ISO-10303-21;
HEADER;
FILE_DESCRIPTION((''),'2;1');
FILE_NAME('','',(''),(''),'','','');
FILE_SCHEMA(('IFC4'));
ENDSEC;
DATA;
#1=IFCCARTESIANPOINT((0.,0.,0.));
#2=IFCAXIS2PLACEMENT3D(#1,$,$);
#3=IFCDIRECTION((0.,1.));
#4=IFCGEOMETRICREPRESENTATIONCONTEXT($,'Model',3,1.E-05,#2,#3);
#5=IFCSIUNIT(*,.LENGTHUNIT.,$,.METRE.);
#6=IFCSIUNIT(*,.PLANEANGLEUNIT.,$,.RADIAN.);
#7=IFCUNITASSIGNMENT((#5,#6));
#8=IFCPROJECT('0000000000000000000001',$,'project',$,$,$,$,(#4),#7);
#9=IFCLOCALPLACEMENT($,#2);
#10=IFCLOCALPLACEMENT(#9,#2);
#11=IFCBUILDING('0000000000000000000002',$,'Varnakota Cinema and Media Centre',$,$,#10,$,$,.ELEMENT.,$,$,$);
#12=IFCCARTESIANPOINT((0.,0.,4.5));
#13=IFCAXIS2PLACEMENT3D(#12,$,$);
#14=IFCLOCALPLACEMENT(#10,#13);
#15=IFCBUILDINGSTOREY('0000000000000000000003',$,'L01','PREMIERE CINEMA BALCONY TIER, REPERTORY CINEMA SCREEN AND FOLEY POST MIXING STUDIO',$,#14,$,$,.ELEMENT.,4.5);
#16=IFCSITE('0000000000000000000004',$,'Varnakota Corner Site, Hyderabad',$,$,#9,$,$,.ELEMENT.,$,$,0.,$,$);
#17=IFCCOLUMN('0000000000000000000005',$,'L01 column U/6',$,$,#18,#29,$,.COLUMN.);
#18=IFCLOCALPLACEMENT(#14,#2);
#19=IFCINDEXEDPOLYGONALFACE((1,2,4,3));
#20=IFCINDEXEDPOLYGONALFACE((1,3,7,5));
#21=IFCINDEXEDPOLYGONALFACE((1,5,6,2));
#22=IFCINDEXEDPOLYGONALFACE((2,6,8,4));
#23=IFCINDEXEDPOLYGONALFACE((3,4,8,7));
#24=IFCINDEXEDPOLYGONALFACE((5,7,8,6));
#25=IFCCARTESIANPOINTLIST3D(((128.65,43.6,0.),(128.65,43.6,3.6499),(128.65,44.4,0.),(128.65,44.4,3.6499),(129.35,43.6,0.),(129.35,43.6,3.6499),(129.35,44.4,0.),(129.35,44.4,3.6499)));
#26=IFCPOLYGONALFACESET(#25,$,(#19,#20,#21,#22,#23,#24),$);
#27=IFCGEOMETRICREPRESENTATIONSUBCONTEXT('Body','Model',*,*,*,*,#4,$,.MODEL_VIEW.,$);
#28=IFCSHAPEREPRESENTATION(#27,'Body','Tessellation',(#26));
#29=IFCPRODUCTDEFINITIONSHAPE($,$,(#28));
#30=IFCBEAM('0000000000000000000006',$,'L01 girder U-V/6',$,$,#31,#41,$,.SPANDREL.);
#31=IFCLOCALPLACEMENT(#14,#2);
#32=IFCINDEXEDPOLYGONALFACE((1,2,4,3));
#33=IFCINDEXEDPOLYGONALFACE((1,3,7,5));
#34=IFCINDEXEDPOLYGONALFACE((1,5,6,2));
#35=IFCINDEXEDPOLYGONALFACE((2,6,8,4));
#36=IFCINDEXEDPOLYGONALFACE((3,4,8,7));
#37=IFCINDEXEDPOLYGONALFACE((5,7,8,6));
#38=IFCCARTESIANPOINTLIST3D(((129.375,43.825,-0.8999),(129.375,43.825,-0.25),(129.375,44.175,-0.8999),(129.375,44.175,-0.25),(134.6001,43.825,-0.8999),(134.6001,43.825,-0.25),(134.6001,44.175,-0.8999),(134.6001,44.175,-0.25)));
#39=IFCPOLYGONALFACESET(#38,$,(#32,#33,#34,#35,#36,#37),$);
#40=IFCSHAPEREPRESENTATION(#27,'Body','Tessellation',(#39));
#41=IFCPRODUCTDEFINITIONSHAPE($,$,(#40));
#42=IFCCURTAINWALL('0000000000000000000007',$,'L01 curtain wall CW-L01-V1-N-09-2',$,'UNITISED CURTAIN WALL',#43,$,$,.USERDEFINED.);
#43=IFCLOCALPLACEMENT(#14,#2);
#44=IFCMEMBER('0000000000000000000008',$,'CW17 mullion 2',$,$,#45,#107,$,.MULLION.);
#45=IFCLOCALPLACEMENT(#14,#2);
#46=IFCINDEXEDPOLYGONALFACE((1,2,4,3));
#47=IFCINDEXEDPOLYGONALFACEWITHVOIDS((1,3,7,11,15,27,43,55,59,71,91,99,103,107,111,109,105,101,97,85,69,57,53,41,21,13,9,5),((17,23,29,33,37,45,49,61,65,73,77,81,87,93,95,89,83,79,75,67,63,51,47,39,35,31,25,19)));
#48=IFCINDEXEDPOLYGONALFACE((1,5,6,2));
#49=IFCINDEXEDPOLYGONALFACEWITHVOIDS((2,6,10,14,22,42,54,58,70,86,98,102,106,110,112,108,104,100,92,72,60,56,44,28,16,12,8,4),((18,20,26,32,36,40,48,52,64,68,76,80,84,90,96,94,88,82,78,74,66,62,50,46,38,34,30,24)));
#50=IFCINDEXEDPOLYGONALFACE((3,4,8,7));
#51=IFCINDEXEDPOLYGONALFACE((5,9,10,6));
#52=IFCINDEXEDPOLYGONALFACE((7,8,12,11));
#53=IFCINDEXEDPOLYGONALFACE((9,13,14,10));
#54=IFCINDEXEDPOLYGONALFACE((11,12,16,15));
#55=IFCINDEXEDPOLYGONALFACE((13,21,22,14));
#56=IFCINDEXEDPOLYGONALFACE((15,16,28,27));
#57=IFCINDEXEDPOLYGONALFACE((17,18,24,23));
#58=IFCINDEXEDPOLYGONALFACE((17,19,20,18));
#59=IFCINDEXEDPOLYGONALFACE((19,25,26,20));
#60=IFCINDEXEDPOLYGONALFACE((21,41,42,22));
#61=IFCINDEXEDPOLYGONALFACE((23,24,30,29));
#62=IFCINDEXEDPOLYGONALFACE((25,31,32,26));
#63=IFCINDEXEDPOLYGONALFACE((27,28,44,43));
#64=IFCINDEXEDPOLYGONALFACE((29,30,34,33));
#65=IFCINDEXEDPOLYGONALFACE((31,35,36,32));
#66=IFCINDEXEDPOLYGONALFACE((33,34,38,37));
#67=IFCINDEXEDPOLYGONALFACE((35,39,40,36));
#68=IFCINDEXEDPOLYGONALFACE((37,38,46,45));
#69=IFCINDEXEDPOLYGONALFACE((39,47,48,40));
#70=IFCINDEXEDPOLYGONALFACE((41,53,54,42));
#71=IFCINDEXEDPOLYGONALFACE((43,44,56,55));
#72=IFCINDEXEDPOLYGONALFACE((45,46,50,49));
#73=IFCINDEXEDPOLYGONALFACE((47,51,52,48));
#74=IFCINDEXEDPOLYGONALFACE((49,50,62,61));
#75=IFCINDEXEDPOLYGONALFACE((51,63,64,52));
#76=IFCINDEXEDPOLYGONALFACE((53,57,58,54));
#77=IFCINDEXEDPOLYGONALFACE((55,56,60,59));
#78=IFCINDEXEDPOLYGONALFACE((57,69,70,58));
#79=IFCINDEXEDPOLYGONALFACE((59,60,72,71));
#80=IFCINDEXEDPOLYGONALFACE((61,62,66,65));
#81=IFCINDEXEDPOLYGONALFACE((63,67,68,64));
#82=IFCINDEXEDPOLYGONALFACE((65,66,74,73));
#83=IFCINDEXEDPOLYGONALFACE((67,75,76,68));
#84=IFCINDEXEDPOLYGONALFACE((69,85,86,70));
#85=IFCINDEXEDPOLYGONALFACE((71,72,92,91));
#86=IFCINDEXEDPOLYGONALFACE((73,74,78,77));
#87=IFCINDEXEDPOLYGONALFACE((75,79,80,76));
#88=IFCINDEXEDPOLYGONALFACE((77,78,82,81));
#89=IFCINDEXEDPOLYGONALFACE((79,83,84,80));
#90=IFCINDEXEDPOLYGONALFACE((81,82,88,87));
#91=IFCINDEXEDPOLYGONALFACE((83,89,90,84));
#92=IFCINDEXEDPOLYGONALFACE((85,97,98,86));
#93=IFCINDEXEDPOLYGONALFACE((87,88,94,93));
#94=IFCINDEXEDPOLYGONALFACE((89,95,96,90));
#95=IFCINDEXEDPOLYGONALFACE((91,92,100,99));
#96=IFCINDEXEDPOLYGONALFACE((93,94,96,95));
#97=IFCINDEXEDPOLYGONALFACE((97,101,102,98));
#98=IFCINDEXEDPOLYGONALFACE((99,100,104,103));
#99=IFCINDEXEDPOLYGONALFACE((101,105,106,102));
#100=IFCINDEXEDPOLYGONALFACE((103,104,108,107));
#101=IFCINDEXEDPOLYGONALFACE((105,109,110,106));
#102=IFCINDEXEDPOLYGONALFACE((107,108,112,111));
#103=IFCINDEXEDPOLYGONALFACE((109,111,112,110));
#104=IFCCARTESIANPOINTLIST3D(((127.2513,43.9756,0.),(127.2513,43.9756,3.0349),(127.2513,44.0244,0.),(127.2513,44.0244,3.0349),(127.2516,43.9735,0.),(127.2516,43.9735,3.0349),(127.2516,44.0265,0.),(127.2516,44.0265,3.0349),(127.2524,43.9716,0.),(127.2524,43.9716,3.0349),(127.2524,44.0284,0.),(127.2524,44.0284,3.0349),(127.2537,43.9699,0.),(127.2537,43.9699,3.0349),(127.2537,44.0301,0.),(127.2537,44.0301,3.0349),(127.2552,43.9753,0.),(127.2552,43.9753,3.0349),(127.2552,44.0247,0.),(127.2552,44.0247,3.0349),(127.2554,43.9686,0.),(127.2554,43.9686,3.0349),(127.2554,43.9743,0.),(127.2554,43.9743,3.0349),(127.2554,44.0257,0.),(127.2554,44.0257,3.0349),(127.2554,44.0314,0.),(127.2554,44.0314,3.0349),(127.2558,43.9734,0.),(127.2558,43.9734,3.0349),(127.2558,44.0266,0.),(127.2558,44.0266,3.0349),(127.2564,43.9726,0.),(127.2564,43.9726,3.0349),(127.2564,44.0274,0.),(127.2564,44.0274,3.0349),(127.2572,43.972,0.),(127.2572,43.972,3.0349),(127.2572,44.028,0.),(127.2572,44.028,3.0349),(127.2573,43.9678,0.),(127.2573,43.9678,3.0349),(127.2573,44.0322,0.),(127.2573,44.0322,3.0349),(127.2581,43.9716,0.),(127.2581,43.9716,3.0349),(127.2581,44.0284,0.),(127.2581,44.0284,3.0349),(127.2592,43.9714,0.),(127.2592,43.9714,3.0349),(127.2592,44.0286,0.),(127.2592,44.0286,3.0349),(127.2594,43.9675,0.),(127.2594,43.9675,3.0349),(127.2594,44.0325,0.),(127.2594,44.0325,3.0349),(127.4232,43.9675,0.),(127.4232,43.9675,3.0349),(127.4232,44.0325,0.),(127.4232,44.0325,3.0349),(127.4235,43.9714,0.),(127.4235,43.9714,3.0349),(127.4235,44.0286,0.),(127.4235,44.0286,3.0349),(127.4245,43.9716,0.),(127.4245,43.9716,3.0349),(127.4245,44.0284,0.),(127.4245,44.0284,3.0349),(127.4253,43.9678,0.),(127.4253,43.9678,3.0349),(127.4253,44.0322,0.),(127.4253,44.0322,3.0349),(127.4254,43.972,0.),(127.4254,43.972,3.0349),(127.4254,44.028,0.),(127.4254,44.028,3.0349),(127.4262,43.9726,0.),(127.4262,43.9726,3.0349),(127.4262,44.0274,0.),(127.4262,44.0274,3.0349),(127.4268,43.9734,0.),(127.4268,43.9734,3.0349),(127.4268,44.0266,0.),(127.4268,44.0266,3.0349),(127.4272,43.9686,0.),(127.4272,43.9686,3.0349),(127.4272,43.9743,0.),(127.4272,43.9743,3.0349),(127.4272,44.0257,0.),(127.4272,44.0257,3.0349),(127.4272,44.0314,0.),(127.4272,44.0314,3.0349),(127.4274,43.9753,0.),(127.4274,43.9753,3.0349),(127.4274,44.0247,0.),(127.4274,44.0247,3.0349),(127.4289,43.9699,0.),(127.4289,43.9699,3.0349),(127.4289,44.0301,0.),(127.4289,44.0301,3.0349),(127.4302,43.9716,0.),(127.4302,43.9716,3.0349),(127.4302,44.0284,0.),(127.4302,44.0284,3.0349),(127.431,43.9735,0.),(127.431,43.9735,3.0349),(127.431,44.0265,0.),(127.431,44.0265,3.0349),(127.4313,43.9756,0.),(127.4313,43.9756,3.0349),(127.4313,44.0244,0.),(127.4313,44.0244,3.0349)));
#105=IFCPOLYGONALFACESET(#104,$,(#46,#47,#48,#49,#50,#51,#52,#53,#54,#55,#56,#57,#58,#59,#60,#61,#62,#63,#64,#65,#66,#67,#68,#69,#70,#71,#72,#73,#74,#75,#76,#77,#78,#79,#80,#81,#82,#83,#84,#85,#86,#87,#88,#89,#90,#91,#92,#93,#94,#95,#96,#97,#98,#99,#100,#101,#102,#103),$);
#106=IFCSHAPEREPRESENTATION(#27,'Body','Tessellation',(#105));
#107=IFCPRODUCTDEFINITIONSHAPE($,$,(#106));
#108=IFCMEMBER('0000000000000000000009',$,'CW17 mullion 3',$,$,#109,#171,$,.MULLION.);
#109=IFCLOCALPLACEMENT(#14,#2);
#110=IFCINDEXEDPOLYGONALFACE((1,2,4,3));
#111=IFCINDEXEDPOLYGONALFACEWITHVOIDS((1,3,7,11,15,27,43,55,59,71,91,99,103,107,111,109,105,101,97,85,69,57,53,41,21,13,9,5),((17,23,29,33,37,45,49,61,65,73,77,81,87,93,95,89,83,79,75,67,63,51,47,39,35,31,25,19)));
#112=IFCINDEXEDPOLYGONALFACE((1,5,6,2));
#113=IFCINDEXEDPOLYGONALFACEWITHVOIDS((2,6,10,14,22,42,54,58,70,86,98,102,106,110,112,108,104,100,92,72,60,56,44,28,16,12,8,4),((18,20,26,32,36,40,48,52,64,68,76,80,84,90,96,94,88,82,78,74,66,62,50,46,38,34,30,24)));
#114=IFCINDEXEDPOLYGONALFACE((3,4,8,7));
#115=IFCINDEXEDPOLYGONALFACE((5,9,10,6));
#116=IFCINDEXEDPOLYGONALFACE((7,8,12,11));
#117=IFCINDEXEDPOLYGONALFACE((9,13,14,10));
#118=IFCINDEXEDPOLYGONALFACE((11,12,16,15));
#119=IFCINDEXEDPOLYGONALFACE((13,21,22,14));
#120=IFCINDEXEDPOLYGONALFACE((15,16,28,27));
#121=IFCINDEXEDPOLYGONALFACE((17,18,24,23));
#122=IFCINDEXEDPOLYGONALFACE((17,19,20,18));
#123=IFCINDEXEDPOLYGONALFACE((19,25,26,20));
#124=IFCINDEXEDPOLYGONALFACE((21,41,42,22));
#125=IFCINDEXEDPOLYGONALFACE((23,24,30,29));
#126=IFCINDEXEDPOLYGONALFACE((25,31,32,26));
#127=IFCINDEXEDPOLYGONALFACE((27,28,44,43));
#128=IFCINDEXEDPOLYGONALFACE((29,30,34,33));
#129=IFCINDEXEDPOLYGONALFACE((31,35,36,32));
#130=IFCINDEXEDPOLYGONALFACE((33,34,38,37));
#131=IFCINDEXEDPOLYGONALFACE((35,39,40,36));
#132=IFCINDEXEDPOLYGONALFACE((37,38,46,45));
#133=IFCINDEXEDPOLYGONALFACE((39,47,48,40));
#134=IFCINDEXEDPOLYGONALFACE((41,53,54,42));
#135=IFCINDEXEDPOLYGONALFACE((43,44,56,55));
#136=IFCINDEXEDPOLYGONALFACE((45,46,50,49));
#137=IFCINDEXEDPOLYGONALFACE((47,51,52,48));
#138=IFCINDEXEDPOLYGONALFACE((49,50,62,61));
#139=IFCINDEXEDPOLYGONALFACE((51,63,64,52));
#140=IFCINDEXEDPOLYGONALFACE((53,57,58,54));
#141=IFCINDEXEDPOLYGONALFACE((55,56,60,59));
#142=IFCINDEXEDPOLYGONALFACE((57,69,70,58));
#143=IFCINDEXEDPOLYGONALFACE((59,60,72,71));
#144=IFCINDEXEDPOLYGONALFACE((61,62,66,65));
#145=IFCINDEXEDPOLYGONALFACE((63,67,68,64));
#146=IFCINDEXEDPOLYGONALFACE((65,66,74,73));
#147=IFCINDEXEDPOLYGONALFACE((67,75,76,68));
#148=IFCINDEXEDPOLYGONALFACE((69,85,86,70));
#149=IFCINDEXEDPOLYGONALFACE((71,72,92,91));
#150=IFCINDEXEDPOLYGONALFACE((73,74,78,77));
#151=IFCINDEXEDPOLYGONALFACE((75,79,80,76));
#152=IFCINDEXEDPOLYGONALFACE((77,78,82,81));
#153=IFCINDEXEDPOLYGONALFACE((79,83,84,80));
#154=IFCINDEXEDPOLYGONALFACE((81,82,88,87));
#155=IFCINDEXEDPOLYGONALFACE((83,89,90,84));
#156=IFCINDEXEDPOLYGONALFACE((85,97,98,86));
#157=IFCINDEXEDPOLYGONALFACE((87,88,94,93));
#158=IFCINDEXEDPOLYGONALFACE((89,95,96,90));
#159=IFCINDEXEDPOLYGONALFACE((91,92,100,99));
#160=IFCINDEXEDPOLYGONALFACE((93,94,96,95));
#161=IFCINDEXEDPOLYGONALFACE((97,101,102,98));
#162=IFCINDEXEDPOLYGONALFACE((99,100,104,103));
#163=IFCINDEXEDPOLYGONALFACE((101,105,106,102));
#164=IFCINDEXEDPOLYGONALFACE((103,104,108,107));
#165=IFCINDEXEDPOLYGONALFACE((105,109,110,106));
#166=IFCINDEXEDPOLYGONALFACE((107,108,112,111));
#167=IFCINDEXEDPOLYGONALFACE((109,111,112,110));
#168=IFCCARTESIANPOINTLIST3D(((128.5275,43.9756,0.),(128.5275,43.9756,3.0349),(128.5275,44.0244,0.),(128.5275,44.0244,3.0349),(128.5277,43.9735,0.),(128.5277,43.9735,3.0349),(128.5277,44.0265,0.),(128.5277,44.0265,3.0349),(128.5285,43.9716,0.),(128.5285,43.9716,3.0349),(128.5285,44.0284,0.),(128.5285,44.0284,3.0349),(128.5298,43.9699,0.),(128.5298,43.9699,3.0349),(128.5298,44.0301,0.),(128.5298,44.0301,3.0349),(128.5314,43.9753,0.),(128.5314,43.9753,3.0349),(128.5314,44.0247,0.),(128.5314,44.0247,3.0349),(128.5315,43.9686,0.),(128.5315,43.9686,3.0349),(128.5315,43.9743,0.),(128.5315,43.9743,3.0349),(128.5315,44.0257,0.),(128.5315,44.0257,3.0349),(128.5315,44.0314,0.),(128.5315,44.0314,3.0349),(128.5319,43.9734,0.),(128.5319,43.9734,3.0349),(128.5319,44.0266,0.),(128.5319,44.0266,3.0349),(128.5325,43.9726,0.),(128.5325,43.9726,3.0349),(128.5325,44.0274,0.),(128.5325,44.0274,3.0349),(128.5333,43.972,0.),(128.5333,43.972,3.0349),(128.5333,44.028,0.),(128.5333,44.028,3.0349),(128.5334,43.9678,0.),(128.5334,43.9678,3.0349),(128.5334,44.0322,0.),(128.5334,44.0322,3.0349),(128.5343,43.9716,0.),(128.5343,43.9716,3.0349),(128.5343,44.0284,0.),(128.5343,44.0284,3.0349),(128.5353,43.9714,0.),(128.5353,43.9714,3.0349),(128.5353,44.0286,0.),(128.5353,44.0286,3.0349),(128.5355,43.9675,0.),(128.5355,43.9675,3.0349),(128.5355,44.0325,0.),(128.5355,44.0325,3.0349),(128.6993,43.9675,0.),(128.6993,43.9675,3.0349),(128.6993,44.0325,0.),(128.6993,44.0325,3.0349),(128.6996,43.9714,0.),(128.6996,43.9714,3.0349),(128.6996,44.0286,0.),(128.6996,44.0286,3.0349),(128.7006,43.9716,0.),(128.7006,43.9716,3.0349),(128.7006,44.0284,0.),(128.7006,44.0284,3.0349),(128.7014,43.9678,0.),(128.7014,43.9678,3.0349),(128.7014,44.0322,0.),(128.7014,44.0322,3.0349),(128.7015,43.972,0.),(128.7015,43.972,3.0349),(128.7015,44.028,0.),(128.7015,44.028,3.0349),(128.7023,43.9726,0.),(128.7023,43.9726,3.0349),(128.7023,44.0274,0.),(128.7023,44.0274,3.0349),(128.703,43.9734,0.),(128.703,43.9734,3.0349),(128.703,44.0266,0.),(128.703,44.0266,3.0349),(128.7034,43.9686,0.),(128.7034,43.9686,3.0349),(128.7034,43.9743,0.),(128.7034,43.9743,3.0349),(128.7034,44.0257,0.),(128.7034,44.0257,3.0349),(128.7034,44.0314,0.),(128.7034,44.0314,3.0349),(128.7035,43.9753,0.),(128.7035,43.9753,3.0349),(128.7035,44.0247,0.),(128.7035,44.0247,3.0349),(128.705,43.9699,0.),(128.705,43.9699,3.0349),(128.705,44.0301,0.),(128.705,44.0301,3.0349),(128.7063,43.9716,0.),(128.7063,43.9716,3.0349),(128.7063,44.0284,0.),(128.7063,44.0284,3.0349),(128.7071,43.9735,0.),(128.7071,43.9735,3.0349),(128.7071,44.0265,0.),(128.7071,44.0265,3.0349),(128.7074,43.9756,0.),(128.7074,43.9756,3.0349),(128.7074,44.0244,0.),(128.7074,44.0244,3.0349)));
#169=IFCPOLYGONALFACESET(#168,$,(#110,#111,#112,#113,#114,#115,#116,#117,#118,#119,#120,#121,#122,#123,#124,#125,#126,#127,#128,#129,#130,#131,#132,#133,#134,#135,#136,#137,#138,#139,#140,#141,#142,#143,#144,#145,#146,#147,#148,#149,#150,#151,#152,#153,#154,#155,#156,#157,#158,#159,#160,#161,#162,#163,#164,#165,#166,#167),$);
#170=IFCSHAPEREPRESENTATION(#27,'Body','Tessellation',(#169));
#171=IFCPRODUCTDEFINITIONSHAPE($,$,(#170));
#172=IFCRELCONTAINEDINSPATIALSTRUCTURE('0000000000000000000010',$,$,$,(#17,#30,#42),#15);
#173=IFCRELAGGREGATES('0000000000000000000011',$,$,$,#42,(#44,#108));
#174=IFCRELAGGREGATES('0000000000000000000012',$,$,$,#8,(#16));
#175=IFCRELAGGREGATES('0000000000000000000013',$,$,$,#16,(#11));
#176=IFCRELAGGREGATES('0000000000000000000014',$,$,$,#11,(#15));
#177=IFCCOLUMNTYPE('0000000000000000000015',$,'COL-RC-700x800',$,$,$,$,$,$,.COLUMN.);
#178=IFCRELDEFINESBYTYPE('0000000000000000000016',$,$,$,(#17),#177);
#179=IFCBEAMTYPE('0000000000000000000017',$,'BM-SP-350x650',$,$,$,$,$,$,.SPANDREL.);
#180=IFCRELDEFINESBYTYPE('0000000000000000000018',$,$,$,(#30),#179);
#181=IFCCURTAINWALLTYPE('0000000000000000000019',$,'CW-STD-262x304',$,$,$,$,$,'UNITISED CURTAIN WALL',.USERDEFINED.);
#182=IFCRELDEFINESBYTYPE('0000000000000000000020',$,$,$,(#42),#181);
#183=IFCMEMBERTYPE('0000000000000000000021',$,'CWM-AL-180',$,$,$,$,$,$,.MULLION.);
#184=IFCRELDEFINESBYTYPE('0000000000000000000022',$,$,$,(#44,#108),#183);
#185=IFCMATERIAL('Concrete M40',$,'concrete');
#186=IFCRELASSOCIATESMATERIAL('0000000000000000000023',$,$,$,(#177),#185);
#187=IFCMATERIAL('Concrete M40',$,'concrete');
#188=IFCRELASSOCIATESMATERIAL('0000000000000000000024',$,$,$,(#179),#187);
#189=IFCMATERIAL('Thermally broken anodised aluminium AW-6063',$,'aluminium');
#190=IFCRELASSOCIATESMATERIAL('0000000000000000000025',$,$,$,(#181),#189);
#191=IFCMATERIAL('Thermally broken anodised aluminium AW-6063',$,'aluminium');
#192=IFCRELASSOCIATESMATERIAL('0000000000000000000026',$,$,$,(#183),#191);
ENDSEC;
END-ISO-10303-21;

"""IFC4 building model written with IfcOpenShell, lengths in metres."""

from ifc_helpers import new_model, si_unit, direction, frame, origin, origin_2d, place, context, subcontext, project, spatial, rectangle, hollow_rectangle, extrude, material, material_profile, profile_set, type_object, element, aggregate, save


model = new_model("IFC4")

# Units and contexts
model_context = context("Model", 3, precision=1e-05, world=origin(), true_north=direction((0.0, 1.0)))
body_context = subcontext(model_context, "Body", "Model", "MODEL_VIEW")
ifc_project = project(units=[si_unit("LENGTHUNIT", "METRE"), si_unit("PLANEANGLEUNIT", "RADIAN")], contexts=[model_context])

# Site, building, storey
site_placement = place(None, origin())
site = spatial("IfcSite", under=ifc_project, at=site_placement, Name="Varnakota Corner Site, Hyderabad", CompositionType="ELEMENT", RefElevation=0.0)
building_placement = place(site_placement, origin())
building = spatial("IfcBuilding", under=site, at=building_placement, Name="Varnakota Cinema and Media Centre", CompositionType="ELEMENT")
storey_placement = place(building_placement, frame((0.0, 0.0, 4.5)))
storey = spatial("IfcBuildingStorey", under=building, at=storey_placement, Name="L01", Description="PREMIERE CINEMA BALCONY TIER, REPERTORY CINEMA SCREEN AND FOLEY POST MIXING STUDIO", CompositionType="ELEMENT", Elevation=4.5)

# Column
ifc_material_1 = material(Name="Concrete M40", Category="concrete")
ifc_material_profile_1 = material_profile(ifc_material_1, rectangle(XDim=0.7, YDim=0.8, at=origin_2d()), Name="RC 700x800")
ifc_profile_set_1 = profile_set([ifc_material_profile_1], Name="Concrete M40")
column_type = type_object("IfcColumnType", Name="COL-RC-700x800", PredefinedType="COLUMN", material=ifc_profile_set_1)
column_placement = place(storey_placement, frame((129.0, 44.0, 0.0), z_axis=(0.0, 0.0, 1.0), x_axis=(1.0, 0.0, 0.0)))
element("IfcColumn", 1, at=column_placement, inside=storey, type_object=column_type, Name="L01 column U/6", PredefinedType="COLUMN", context=body_context, shape_type="SweptSolid", body=[
    extrude(rectangle(XDim=0.7, YDim=0.8, at=origin_2d()), origin(), (0.0, 0.0, 1.0), 3.6499),
])

# Beam
ifc_material_2 = material(Name="Concrete M40", Category="concrete")
ifc_material_profile_2 = material_profile(ifc_material_2, rectangle(XDim=0.3501, YDim=0.6499, at=origin_2d()), Name="RCB 350x650")
ifc_profile_set_2 = profile_set([ifc_material_profile_2], Name="Concrete M40")
beam_type = type_object("IfcBeamType", Name="BM-SP-350x650", PredefinedType="SPANDREL", material=ifc_profile_set_2)
beam_placement = place(storey_placement, frame((129.375, 44.0, -0.575), z_axis=(1.0, 0.0, 0.0), x_axis=(0.0, 1.0, 0.0)))
element("IfcBeam", 2, at=beam_placement, inside=storey, type_object=beam_type, Name="L01 girder U-V/6", PredefinedType="SPANDREL", context=body_context, shape_type="SweptSolid", body=[
    extrude(rectangle(XDim=0.3501, YDim=0.6499, at=origin_2d()), origin(), (0.0, 0.0, 1.0), 5.2251),
])

# Curtain wall, members
ifc_material_3 = material(Name="Thermally broken anodised aluminium AW-6063", Category="aluminium")
curtain_wall_type = type_object("IfcCurtainWallType", Name="CW-STD-262x304", ElementType="UNITISED CURTAIN WALL", PredefinedType="USERDEFINED", material=ifc_material_3)
curtain_wall_1_placement = place(storey_placement, origin())
curtain_wall_1 = element("IfcCurtainWall", 3, at=curtain_wall_1_placement, inside=storey, type_object=curtain_wall_type, Name="L01 curtain wall CW-L01-V1-N-09-2", ObjectType="UNITISED CURTAIN WALL", PredefinedType="USERDEFINED")
ifc_material_4 = material(Name="Thermally broken anodised aluminium AW-6063", Category="aluminium")
ifc_material_profile_3 = material_profile(ifc_material_4, hollow_rectangle(XDim=0.0649, YDim=0.1799, WallThickness=0.0039, InnerFilletRadius=0.0039, OuterFilletRadius=0.0081, at=origin_2d()), Name="AL-MULLION 180x65x4")
ifc_profile_set_3 = profile_set([ifc_material_profile_3], Name="Thermally broken anodised aluminium AW-6063")
member_type_1 = type_object("IfcMemberType", Name="CWM-AL-180", PredefinedType="MULLION", material=ifc_profile_set_3)
member_1_placement = place(storey_placement, frame((127.3413, 44.0, 0.0), z_axis=(0.0, 0.0, 1.0), x_axis=(0.0, 1.0, 0.0)))
member_1 = element("IfcMember", 4, at=member_1_placement, type_object=member_type_1, Name="CW17 mullion 2", PredefinedType="MULLION", context=body_context, shape_type="SweptSolid", body=[
    extrude(hollow_rectangle(XDim=0.0649, YDim=0.1799, WallThickness=0.0039, InnerFilletRadius=0.0039, OuterFilletRadius=0.0081, at=origin_2d()), origin(), (0.0, 0.0, 1.0), 3.0349),
])
member_2_placement = place(storey_placement, frame((128.6174, 44.0, 0.0), z_axis=(0.0, 0.0, 1.0), x_axis=(0.0, 1.0, 0.0)))
member_2 = element("IfcMember", 5, at=member_2_placement, type_object=member_type_1, Name="CW17 mullion 3", PredefinedType="MULLION", context=body_context, shape_type="SweptSolid", body=[
    extrude(hollow_rectangle(XDim=0.0649, YDim=0.1799, WallThickness=0.0039, InnerFilletRadius=0.0039, OuterFilletRadius=0.0081, at=origin_2d()), origin(), (0.0, 0.0, 1.0), 3.0349),
])

aggregate(curtain_wall_1, [member_1, member_2])

save(model, "model.ifc")
